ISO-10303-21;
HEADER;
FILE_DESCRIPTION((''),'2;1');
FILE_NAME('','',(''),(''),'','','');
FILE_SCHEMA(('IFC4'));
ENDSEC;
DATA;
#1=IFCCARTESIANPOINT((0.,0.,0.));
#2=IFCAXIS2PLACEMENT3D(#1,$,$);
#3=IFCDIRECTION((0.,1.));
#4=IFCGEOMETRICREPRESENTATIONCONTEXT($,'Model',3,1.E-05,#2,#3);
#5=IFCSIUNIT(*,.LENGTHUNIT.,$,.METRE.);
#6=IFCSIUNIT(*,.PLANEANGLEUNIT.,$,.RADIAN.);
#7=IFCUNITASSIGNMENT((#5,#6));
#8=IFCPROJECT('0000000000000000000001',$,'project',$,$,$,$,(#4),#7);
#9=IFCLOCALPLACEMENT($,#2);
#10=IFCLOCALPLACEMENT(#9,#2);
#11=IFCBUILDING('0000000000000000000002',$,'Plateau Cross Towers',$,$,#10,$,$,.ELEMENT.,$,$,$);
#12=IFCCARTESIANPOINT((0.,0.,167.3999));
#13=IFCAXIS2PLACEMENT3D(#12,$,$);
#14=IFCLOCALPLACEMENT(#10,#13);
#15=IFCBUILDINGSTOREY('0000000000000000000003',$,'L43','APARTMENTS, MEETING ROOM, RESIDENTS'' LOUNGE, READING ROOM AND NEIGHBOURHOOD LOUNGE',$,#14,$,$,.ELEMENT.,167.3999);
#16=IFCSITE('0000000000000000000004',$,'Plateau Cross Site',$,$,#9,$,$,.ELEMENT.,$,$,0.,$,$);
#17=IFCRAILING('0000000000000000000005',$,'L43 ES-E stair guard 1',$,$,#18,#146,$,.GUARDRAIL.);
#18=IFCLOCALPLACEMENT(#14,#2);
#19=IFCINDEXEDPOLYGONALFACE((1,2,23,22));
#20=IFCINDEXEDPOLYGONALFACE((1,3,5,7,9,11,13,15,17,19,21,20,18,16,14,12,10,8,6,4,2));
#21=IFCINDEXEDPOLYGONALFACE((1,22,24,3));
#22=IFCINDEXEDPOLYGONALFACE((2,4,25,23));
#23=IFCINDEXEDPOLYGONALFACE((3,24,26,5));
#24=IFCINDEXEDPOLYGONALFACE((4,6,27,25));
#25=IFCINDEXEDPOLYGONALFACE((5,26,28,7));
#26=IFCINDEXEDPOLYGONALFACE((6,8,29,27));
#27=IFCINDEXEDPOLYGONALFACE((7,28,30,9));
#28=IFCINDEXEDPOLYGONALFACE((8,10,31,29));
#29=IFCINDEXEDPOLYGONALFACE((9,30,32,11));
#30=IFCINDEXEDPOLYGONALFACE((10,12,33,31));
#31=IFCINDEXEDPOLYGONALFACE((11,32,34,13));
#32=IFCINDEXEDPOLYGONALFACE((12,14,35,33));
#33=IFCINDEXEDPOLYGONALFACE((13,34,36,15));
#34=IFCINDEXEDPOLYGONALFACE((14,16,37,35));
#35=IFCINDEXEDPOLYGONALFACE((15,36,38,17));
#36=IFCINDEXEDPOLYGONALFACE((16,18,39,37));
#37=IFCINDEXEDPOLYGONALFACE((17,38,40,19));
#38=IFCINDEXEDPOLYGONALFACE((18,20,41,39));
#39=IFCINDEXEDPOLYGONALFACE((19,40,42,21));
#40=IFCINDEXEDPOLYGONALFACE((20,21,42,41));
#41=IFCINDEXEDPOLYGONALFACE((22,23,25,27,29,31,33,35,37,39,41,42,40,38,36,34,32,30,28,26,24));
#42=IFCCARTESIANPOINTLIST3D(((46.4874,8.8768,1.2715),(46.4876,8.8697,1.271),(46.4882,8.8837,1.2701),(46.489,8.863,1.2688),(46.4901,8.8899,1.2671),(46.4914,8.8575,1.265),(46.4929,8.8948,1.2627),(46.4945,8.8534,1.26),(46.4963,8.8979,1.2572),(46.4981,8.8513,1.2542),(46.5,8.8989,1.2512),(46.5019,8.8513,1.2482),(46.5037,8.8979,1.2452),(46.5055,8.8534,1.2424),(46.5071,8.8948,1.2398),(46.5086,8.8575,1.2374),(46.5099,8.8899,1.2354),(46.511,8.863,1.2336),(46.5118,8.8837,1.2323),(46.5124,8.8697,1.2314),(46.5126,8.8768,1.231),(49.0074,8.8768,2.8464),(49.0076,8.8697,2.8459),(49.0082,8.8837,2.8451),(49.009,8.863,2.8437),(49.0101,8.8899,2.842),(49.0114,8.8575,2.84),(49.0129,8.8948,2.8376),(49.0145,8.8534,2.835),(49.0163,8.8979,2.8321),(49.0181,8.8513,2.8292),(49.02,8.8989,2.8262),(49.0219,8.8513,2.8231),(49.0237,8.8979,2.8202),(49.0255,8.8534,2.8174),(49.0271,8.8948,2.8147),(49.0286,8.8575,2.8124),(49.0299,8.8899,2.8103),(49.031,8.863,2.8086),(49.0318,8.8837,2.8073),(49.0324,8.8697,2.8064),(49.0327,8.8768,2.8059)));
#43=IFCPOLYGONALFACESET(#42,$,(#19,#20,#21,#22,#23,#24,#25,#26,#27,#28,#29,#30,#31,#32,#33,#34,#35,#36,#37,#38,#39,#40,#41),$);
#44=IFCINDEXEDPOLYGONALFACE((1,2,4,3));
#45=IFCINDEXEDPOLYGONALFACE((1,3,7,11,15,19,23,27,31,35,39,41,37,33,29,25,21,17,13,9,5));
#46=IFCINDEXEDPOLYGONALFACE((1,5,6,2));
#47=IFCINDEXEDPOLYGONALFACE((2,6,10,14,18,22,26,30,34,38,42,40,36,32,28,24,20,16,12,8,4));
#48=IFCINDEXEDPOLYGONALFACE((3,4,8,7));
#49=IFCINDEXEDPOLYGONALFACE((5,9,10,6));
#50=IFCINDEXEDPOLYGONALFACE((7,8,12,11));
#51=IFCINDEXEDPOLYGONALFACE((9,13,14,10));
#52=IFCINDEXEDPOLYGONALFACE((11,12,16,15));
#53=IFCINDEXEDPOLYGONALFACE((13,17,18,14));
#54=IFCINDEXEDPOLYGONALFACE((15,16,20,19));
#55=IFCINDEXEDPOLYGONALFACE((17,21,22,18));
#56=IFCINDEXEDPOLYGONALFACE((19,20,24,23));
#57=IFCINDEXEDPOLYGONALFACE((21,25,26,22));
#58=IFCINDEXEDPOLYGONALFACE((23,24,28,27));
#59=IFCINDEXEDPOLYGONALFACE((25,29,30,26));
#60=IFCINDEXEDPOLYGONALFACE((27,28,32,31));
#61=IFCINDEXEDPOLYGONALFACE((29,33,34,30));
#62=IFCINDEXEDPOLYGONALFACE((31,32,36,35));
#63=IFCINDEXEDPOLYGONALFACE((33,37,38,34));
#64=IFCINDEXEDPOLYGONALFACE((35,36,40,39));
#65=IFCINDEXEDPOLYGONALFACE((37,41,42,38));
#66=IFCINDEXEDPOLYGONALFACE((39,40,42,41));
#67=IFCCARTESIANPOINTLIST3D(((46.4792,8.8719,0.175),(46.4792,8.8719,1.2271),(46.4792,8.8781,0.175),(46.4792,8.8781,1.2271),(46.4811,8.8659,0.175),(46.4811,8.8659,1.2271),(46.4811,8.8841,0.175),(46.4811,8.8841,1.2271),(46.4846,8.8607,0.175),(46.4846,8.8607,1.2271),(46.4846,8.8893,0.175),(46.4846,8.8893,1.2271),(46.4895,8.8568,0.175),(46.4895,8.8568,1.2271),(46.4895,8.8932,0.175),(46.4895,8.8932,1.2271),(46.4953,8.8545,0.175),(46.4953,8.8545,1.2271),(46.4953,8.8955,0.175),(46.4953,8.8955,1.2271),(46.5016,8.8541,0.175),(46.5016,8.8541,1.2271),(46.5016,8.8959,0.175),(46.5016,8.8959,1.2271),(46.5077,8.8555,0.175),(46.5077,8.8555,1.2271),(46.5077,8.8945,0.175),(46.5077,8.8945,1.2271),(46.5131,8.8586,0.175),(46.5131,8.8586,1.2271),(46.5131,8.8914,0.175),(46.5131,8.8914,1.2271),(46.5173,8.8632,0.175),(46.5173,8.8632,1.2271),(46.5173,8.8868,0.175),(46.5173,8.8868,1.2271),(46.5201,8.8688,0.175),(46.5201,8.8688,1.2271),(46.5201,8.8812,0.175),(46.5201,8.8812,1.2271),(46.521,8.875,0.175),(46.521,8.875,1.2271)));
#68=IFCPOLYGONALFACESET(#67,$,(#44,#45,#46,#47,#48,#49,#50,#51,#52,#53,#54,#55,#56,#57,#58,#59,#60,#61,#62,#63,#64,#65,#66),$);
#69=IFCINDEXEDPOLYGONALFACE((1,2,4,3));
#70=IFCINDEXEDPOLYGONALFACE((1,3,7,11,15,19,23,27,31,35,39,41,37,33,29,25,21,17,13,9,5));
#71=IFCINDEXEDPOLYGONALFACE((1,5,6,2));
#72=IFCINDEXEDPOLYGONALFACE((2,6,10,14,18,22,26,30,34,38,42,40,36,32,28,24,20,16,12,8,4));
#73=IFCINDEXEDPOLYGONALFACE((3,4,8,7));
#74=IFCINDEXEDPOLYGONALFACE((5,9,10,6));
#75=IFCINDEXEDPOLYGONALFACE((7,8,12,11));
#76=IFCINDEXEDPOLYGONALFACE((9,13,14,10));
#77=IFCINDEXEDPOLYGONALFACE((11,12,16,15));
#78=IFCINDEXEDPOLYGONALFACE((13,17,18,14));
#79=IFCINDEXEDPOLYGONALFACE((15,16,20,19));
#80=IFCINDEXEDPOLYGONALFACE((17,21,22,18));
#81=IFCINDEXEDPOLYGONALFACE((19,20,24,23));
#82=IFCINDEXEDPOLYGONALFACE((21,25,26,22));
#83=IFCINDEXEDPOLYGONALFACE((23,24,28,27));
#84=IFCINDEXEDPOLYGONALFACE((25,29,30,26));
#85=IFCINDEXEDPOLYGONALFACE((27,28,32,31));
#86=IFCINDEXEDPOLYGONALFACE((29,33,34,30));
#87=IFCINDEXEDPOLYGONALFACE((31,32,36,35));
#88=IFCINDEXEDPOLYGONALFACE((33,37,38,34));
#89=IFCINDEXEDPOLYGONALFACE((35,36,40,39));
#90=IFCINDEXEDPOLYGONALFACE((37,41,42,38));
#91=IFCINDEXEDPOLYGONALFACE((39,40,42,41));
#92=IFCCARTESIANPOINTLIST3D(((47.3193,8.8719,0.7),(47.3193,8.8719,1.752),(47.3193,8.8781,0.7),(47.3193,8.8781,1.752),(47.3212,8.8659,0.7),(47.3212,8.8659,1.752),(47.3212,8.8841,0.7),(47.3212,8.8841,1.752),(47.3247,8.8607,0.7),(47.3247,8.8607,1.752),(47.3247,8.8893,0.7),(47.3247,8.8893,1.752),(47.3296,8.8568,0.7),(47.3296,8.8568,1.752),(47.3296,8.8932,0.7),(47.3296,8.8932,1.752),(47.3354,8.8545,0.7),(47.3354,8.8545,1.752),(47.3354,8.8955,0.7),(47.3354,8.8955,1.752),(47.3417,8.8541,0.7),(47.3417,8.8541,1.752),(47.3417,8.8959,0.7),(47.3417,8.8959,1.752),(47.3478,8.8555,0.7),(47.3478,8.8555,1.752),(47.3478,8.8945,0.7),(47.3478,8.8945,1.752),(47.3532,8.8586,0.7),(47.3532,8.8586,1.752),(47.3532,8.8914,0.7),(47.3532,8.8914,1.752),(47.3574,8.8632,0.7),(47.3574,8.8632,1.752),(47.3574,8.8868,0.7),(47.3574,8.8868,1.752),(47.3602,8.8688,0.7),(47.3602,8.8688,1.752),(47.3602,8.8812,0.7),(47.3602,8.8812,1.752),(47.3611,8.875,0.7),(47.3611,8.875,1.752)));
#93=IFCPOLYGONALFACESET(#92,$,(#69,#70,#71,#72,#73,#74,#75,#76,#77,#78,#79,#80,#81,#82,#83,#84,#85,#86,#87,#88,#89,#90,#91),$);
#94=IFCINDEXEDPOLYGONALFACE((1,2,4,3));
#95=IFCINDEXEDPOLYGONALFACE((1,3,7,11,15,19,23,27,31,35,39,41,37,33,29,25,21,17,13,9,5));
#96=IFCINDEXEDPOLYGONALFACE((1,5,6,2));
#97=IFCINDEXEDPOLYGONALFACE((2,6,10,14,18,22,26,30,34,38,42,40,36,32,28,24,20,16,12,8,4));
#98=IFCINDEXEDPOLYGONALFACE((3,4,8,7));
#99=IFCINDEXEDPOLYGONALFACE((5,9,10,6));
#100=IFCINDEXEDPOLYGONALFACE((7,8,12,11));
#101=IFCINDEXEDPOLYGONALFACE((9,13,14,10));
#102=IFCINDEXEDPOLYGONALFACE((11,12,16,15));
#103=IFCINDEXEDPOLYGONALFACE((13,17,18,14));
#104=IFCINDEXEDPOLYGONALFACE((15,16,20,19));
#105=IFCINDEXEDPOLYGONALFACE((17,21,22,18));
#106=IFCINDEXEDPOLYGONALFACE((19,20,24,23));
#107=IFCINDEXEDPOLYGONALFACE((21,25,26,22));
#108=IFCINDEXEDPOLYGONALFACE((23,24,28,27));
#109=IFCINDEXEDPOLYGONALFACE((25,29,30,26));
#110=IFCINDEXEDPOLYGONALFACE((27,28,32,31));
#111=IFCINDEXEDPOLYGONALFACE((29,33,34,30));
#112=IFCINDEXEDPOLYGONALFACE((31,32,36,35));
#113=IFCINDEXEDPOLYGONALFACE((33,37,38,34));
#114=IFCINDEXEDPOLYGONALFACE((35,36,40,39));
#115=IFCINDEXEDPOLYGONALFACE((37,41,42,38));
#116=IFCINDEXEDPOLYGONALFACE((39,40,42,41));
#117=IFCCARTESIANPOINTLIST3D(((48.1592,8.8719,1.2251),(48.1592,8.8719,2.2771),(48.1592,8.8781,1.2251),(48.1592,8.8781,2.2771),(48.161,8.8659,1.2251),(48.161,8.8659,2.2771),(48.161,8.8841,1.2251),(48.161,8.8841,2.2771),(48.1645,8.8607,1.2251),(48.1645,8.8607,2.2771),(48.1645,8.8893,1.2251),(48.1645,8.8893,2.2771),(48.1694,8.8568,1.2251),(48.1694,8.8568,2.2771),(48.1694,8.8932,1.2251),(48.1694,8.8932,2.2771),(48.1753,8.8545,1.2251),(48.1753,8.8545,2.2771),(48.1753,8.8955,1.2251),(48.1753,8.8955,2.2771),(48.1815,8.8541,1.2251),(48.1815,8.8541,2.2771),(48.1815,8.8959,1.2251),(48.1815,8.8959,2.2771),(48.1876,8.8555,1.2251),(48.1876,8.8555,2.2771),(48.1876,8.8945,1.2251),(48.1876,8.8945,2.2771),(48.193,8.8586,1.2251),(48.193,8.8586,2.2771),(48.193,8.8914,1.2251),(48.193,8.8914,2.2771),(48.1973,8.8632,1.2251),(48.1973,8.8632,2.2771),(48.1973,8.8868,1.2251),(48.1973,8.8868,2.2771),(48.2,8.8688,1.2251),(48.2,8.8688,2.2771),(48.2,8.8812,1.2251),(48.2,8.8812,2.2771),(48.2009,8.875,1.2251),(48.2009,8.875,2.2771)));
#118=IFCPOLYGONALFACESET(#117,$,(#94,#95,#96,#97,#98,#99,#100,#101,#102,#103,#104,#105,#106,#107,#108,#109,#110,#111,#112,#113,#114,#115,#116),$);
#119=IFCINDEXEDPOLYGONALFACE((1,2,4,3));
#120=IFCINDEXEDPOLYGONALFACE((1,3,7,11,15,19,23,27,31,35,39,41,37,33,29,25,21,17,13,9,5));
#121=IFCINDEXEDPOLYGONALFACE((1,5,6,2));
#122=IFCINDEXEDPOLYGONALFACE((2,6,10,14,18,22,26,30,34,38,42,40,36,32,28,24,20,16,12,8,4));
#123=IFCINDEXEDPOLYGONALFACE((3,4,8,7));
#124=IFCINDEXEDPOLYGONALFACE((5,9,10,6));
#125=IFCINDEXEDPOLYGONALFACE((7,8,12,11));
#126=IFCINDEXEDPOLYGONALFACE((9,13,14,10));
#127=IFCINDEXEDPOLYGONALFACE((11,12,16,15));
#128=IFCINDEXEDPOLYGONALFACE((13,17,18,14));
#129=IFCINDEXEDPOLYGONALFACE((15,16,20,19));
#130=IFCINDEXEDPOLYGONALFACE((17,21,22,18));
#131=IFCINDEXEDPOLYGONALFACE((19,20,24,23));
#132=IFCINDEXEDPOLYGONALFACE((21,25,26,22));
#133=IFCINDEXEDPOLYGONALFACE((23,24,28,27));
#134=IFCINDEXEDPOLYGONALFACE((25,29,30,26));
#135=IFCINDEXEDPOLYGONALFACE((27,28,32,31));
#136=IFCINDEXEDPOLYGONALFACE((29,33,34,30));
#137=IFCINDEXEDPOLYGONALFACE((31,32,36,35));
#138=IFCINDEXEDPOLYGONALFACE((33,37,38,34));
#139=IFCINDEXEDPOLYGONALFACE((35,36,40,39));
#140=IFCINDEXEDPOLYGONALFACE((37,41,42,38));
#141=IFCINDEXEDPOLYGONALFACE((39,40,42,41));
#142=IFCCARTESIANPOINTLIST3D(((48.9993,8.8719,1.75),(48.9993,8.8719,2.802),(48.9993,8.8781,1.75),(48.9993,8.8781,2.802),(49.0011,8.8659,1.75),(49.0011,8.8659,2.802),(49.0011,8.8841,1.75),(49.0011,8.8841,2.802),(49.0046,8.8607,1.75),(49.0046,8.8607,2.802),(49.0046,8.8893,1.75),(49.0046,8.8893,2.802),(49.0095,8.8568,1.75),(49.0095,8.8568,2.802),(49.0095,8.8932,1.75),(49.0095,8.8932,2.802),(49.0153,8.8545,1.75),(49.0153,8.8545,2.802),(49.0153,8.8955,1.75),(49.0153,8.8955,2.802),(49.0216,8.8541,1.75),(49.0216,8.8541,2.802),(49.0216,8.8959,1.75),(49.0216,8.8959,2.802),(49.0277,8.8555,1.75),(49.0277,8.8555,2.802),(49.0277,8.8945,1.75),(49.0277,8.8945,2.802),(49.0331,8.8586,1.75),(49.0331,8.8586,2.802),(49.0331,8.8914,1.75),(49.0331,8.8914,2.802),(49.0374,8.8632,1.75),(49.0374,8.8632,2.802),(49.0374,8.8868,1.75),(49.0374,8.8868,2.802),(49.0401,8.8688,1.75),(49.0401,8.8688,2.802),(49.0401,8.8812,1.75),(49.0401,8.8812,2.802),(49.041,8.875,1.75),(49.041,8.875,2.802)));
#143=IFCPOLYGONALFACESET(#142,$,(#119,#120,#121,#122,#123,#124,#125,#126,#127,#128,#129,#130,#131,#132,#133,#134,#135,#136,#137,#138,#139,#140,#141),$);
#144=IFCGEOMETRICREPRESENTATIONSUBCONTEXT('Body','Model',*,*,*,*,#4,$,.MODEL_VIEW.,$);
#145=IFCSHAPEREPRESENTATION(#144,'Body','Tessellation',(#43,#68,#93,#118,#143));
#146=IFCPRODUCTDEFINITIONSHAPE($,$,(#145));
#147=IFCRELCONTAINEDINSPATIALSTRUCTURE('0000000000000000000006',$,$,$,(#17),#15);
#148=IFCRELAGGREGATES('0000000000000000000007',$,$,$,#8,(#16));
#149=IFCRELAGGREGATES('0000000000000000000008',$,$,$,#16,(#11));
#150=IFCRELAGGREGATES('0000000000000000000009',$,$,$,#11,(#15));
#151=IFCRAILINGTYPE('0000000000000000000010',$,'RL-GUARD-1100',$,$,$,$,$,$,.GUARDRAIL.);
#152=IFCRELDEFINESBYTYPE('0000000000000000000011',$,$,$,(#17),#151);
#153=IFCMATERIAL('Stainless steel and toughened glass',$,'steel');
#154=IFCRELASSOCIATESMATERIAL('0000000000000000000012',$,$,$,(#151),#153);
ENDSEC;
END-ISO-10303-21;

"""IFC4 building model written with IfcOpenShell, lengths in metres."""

from ifc_helpers import new_model, si_unit, direction, frame, origin, origin_2d, place, context, subcontext, project, spatial, circle, extrude, material, type_object, element, save


model = new_model("IFC4")

# Units and contexts
model_context = context("Model", 3, precision=1e-05, world=origin(), true_north=direction((0.0, 1.0)))
body_context = subcontext(model_context, "Body", "Model", "MODEL_VIEW")
ifc_project = project(units=[si_unit("LENGTHUNIT", "METRE"), si_unit("PLANEANGLEUNIT", "RADIAN")], contexts=[model_context])

# Site, building, storey
site_placement = place(None, origin())
site = spatial("IfcSite", under=ifc_project, at=site_placement, Name="Plateau Cross Site", CompositionType="ELEMENT", RefElevation=0.0)
building_placement = place(site_placement, origin())
building = spatial("IfcBuilding", under=site, at=building_placement, Name="Plateau Cross Towers", CompositionType="ELEMENT")
storey_placement = place(building_placement, frame((0.0, 0.0, 167.3999)))
storey = spatial("IfcBuildingStorey", under=building, at=storey_placement, Name="L43", Description="APARTMENTS, MEETING ROOM, RESIDENTS' LOUNGE, READING ROOM AND NEIGHBOURHOOD LOUNGE", CompositionType="ELEMENT", Elevation=167.3999)

# Railing
ifc_material_1 = material(Name="Stainless steel and toughened glass", Category="steel")
railing_type_1 = type_object("IfcRailingType", Name="RL-GUARD-1100", PredefinedType="GUARDRAIL", material=ifc_material_1)
railing_1_placement = place(storey_placement, frame((46.5, 8.875, 0.175)))
element("IfcRailing", 1, at=railing_1_placement, inside=storey, type_object=railing_type_1, Name="L43 ES-E stair guard 1", PredefinedType="GUARDRAIL", context=body_context, shape_type="SweptSolid", body=[
    extrude(circle(Radius=0.0239, at=origin_2d()), frame((0.0, 0.0, 1.0762), z_axis=(0.848008, 0.0, 0.529984), x_axis=(0.0, 1.0, 0.0)), (0.0, 0.0, 1.0), 2.9717),
    extrude(circle(Radius=0.021, at=origin_2d()), origin(), (0.0, 0.0, 1.0), 1.052),
    extrude(circle(Radius=0.021, at=origin_2d()), frame((0.8401, 0.0, 0.5249)), (0.0, 0.0, 1.0), 1.052),
    extrude(circle(Radius=0.021, at=origin_2d()), frame((1.6799, 0.0, 1.05)), (0.0, 0.0, 1.0), 1.052),
    extrude(circle(Radius=0.021, at=origin_2d()), frame((2.52, 0.0, 1.575)), (0.0, 0.0, 1.0), 1.052),
])

save(model, "model.ifc")
